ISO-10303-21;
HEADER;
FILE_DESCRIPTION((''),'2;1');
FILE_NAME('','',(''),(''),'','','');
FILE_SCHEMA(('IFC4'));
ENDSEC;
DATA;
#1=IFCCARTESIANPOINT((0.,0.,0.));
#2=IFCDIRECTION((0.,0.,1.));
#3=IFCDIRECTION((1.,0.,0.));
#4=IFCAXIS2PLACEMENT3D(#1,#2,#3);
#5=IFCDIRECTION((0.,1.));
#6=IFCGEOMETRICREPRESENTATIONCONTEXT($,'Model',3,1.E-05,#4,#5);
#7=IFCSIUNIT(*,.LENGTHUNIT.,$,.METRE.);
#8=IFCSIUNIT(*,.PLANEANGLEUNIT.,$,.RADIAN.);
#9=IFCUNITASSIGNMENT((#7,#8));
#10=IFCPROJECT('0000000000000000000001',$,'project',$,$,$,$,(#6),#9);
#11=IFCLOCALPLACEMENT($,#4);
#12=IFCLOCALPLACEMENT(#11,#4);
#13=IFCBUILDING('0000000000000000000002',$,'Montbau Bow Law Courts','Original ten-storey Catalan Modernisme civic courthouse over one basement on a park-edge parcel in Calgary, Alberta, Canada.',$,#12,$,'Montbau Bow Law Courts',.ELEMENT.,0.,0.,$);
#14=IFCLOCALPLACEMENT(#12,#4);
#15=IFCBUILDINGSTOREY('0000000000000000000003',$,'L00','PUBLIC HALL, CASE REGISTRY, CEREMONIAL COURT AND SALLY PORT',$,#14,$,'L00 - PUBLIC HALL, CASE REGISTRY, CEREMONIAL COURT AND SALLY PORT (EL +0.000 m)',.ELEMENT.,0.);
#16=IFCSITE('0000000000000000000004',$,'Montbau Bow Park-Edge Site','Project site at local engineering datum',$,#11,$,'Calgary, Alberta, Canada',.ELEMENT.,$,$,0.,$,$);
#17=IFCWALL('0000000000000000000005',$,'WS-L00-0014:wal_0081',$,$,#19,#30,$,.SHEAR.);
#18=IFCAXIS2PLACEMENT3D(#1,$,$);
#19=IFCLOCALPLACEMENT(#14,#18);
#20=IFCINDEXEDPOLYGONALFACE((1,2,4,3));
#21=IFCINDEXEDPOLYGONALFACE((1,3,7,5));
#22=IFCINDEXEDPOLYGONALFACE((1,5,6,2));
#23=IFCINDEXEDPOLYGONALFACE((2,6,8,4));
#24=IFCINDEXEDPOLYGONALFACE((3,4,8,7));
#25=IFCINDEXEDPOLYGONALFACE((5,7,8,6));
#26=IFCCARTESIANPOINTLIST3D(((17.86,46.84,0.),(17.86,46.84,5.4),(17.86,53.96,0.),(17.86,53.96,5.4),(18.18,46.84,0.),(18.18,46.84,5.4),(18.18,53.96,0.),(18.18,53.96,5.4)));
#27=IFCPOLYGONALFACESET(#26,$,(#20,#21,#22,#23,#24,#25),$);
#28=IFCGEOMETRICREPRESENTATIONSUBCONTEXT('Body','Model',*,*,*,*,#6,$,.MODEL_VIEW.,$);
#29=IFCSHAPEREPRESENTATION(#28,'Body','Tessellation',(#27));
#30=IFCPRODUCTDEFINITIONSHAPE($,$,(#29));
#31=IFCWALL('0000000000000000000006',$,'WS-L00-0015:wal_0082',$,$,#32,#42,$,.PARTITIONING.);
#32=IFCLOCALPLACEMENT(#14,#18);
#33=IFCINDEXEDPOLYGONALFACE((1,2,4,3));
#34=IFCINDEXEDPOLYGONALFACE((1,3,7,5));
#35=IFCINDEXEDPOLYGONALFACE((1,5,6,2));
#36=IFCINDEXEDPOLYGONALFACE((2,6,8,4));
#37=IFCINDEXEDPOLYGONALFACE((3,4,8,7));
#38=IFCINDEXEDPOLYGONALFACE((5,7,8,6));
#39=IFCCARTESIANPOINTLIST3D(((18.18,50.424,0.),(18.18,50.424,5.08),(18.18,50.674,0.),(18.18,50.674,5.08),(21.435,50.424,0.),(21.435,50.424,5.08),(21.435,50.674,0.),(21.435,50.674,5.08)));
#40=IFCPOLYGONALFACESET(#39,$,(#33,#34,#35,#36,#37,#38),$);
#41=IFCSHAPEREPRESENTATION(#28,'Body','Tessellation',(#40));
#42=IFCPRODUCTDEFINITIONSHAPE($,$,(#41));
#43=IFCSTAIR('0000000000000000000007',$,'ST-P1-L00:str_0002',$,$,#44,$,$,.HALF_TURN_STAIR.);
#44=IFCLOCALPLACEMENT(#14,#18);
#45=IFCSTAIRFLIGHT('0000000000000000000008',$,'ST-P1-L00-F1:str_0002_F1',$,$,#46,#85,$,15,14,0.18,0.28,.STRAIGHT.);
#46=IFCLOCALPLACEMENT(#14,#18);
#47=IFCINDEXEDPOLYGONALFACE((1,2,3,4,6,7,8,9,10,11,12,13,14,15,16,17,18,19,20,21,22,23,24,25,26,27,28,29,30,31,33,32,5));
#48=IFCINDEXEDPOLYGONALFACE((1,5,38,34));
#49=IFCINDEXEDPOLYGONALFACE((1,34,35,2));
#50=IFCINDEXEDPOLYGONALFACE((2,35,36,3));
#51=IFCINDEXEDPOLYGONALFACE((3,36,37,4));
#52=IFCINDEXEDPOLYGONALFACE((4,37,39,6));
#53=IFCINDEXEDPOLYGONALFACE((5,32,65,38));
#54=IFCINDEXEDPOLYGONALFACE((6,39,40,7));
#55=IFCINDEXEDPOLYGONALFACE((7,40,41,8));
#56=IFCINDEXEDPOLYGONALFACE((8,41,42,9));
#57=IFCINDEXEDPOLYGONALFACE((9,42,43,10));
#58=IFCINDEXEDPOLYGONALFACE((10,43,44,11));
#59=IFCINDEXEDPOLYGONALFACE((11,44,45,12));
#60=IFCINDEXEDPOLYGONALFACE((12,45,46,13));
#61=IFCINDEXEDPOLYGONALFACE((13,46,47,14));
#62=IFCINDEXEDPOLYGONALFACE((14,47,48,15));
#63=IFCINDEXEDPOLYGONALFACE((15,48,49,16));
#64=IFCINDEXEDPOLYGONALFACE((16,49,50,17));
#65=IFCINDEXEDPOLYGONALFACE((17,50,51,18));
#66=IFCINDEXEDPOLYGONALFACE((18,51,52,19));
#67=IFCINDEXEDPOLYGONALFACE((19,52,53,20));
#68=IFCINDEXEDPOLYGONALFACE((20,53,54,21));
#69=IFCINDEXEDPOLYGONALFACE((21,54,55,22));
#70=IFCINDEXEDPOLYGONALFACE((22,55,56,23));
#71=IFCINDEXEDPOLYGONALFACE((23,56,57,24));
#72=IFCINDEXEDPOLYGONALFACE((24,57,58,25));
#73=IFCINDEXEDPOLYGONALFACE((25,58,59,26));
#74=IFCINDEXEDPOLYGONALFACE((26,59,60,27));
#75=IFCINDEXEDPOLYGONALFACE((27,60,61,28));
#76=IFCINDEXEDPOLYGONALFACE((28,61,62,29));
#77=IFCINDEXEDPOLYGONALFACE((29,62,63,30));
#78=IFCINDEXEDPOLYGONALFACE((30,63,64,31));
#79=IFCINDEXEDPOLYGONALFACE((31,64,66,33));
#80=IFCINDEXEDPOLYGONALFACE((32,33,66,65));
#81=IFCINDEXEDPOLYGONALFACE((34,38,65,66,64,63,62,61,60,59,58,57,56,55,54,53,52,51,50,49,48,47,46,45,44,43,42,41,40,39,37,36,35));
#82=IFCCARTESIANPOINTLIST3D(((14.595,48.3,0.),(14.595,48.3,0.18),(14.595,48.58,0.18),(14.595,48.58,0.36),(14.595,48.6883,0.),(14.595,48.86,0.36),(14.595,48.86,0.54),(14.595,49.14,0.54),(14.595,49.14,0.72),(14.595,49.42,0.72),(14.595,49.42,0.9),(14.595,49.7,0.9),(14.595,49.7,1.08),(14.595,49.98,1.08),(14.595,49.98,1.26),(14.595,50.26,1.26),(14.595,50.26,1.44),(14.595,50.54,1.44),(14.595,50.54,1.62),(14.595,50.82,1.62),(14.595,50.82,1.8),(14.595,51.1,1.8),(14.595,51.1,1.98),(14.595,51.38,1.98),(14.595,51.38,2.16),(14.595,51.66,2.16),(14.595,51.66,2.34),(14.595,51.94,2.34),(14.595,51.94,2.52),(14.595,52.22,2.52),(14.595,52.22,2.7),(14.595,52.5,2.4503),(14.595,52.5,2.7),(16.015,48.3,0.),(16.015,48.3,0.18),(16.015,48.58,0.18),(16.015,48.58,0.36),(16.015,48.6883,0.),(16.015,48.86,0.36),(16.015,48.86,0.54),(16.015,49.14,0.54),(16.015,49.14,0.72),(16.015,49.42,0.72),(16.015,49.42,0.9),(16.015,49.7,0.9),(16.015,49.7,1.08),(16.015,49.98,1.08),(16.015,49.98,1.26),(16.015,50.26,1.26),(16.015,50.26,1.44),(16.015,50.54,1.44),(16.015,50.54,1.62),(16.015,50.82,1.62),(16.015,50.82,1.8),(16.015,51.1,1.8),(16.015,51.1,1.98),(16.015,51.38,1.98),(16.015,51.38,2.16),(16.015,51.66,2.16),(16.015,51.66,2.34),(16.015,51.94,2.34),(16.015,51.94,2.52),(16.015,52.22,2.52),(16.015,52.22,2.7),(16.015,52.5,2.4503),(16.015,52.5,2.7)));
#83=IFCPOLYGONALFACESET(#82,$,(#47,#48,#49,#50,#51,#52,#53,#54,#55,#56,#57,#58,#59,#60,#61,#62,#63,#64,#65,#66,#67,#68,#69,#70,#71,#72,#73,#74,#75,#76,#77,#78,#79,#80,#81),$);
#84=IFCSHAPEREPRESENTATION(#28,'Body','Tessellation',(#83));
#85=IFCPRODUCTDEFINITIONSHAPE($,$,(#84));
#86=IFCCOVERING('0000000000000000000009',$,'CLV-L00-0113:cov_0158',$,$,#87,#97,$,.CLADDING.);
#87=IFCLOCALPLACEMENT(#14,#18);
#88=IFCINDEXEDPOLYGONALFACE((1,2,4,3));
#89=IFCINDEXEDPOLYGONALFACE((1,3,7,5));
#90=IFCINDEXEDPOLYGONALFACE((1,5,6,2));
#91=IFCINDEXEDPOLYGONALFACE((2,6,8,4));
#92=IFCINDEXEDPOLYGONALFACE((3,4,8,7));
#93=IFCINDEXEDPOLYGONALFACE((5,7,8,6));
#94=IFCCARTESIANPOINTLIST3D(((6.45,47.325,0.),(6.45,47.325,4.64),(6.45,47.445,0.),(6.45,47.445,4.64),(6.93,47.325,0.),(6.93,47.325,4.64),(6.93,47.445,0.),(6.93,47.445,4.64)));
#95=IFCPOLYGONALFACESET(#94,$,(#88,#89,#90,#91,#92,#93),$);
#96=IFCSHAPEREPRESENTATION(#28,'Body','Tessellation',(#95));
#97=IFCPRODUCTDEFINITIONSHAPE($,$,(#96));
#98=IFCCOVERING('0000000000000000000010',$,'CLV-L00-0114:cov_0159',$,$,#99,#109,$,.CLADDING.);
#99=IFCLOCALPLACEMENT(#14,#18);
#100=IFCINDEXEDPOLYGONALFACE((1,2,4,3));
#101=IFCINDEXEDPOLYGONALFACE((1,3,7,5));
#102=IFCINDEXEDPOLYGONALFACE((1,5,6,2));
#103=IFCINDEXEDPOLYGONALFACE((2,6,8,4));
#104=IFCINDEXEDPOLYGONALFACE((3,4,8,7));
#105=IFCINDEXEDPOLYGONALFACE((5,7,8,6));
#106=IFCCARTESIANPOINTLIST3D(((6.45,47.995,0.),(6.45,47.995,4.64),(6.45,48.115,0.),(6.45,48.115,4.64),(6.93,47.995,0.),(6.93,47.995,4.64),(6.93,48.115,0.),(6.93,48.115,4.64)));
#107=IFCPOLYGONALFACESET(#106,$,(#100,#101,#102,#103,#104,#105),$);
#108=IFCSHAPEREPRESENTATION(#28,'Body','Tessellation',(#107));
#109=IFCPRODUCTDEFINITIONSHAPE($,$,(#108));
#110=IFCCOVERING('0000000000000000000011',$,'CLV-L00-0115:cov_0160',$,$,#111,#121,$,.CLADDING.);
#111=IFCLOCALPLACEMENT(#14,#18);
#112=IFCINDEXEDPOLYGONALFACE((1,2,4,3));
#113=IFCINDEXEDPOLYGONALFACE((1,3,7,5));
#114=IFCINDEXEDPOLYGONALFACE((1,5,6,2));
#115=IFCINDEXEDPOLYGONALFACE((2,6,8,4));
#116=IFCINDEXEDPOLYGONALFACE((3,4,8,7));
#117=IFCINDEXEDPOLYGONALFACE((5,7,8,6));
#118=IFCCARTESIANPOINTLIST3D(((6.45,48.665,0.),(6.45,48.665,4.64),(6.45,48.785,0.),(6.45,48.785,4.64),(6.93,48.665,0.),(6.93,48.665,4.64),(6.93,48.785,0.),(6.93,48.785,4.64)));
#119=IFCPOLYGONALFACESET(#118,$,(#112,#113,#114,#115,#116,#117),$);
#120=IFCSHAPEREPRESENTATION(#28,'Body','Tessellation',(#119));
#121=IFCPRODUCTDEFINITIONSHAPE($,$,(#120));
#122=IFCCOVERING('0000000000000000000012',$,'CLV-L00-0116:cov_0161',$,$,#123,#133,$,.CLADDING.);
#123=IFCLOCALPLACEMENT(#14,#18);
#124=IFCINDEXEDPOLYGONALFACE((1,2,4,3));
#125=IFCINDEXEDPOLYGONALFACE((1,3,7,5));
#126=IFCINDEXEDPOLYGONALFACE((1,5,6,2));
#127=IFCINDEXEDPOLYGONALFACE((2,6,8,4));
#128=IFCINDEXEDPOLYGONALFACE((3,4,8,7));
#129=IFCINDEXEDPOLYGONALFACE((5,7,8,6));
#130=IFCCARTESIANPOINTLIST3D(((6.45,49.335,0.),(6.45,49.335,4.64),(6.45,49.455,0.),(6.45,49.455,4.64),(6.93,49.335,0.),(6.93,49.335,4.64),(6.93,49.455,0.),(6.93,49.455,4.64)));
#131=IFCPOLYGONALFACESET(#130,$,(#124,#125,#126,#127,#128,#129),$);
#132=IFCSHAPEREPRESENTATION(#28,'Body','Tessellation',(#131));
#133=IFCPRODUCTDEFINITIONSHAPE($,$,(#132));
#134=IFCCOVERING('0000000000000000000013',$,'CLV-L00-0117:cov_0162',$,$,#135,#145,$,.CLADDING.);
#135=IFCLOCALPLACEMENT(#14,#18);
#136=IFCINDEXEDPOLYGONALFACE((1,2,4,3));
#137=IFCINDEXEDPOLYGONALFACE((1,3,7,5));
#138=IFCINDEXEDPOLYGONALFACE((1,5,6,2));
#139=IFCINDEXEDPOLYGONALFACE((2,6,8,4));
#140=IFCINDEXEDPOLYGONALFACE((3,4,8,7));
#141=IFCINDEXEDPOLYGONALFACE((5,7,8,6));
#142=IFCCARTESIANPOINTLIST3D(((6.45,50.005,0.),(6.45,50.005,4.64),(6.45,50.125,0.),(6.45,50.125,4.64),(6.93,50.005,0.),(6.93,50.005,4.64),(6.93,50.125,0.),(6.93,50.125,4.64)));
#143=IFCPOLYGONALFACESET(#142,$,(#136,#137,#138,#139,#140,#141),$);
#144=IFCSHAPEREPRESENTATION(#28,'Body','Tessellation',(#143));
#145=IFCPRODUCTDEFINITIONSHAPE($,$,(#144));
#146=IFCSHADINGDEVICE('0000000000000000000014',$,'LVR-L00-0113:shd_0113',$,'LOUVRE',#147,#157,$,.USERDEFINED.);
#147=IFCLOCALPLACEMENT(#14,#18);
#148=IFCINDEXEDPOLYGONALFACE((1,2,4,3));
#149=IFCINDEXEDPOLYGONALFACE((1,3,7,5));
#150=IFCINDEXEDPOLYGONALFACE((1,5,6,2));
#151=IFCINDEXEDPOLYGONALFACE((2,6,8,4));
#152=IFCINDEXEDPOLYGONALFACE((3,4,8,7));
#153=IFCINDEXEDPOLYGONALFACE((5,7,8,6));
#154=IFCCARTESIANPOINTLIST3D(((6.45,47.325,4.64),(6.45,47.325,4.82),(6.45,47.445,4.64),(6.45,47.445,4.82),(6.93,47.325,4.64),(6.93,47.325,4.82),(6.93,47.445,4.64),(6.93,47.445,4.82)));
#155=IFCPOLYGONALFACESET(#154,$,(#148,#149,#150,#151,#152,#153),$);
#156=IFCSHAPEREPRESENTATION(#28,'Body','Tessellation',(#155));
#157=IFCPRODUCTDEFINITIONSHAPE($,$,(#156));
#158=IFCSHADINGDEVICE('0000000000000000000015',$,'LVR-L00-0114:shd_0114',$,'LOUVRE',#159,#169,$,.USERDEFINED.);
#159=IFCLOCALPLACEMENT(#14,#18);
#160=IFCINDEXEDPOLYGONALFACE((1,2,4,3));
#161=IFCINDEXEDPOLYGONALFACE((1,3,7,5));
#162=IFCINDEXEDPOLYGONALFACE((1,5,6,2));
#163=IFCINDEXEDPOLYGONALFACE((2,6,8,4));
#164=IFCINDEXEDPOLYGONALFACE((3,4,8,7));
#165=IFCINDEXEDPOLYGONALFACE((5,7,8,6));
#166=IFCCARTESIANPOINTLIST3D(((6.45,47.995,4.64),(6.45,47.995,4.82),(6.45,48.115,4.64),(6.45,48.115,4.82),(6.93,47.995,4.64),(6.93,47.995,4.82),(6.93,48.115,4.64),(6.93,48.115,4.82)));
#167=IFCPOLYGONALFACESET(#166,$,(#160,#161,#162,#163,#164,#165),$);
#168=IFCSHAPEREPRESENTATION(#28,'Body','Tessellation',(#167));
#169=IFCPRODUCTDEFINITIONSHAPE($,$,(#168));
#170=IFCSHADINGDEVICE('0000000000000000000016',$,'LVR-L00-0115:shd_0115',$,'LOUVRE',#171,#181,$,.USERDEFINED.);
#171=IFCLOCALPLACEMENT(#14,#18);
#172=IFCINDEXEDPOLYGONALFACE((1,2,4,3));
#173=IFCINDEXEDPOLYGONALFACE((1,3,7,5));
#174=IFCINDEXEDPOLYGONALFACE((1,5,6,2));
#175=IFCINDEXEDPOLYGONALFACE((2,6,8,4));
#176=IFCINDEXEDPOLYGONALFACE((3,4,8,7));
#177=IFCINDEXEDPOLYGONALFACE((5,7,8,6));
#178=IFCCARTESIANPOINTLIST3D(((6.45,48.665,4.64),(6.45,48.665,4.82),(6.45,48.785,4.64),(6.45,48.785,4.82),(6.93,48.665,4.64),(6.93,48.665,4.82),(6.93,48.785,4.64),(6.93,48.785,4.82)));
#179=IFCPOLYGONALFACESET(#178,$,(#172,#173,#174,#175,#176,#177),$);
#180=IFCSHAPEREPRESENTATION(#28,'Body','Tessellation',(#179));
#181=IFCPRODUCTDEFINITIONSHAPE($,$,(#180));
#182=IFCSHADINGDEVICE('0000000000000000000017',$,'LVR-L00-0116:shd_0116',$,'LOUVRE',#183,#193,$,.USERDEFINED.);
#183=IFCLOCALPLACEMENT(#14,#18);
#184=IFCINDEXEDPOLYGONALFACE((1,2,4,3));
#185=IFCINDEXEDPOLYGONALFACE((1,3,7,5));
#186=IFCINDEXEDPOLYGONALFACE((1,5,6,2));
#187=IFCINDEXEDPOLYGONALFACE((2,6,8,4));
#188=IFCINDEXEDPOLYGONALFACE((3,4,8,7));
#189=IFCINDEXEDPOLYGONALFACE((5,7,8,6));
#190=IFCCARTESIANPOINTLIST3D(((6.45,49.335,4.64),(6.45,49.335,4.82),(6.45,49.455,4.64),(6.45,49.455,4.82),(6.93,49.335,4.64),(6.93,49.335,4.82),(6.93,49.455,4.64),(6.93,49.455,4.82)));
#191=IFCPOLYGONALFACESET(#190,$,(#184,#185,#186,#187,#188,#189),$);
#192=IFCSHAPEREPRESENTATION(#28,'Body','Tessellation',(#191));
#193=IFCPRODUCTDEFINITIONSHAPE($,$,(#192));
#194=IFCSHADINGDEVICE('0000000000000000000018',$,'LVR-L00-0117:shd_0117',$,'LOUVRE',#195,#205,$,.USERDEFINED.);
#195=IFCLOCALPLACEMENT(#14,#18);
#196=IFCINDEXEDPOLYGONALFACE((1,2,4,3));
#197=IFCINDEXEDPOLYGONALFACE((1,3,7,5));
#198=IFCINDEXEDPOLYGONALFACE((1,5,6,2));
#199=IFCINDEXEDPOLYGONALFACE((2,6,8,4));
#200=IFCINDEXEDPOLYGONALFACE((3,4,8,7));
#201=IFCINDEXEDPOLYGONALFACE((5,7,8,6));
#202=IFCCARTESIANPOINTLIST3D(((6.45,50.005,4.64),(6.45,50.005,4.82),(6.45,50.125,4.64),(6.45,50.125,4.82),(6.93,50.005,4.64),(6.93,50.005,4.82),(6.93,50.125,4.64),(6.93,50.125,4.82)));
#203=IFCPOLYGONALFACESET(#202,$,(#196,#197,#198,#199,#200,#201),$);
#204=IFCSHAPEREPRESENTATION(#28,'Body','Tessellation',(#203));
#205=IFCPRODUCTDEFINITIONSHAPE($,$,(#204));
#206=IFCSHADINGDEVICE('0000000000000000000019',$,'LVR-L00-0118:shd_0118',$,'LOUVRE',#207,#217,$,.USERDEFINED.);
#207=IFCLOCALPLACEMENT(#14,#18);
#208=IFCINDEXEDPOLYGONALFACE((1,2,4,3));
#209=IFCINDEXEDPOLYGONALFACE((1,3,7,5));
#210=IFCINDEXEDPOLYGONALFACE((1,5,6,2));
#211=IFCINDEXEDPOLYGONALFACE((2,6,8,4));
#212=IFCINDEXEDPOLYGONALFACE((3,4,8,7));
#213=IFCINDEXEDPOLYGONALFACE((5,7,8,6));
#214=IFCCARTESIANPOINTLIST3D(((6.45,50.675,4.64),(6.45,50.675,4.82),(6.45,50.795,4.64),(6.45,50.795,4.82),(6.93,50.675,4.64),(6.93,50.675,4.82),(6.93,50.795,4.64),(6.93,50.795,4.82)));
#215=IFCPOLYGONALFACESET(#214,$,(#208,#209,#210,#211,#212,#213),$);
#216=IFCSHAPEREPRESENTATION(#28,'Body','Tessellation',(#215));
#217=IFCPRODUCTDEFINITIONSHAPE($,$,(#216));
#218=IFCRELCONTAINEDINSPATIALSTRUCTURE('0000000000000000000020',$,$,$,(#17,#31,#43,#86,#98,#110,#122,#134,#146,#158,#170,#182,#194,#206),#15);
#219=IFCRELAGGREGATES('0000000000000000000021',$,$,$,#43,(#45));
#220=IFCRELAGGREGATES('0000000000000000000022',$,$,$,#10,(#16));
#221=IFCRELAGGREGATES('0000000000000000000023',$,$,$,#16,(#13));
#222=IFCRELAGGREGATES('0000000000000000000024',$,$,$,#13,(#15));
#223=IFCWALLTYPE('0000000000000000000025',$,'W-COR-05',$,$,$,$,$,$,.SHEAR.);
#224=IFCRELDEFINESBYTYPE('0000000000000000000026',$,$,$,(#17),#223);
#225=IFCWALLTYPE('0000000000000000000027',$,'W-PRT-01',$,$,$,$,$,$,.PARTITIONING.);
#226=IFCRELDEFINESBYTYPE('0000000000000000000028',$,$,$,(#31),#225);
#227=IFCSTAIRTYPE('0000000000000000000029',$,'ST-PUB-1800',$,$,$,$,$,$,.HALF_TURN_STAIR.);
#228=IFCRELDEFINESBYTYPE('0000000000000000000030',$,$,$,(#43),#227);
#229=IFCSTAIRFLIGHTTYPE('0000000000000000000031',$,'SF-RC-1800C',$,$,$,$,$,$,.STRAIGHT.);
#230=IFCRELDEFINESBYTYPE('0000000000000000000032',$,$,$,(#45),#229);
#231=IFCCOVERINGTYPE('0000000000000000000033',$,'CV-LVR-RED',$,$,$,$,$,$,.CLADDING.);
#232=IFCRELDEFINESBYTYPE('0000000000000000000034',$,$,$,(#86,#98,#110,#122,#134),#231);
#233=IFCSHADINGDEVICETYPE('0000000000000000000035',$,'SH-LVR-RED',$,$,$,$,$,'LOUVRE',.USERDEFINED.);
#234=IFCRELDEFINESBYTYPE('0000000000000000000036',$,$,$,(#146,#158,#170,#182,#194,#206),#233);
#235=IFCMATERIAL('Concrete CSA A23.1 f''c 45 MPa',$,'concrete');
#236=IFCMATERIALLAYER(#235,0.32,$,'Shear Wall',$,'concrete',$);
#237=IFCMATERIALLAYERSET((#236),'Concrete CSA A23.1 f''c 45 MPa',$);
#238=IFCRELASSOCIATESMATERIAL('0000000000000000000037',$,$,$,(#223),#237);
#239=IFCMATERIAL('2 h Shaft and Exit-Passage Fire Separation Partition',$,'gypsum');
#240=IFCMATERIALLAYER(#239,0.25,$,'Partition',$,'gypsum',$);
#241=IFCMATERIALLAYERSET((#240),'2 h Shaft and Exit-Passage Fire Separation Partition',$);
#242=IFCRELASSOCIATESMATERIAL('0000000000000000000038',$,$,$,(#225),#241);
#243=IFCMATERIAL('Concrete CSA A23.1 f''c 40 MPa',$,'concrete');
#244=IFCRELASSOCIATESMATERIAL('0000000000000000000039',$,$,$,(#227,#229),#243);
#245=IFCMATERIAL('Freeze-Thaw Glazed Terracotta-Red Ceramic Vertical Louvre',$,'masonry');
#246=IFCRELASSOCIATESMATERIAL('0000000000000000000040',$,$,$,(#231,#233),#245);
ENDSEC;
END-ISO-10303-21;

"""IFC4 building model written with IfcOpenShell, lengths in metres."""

from ifc_helpers import new_model, si_unit, direction, frame, frame_2d, origin_with_axes, origin_2d_with_axis, place, context, subcontext, project, spatial, polyline, rectangle, outline, extrude, material, layer, layer_set, type_object, element, aggregate, save


model = new_model("IFC4")

# Units and contexts
model_context = context("Model", 3, precision=1e-05, world=origin_with_axes(), true_north=direction((0.0, 1.0)))
body_context = subcontext(model_context, "Body", "Model", "MODEL_VIEW")
ifc_project = project(units=[si_unit("LENGTHUNIT", "METRE"), si_unit("PLANEANGLEUNIT", "RADIAN")], contexts=[model_context])

# Site, building, storey
site_placement = place(None, origin_with_axes())
site = spatial("IfcSite", under=ifc_project, at=site_placement, Name="Montbau Bow Park-Edge Site", Description="Project site at local engineering datum", LongName="Calgary, Alberta, Canada", CompositionType="ELEMENT", RefElevation=0.0)
building_placement = place(site_placement, origin_with_axes())
building = spatial("IfcBuilding", under=site, at=building_placement, Name="Montbau Bow Law Courts", Description="Original ten-storey Catalan Modernisme civic courthouse over one basement on a park-edge parcel in Calgary, Alberta, Canada.", LongName="Montbau Bow Law Courts", CompositionType="ELEMENT", ElevationOfRefHeight=0.0, ElevationOfTerrain=0.0)
storey_placement = place(building_placement, origin_with_axes())
storey = spatial("IfcBuildingStorey", under=building, at=storey_placement, Name="L00", Description="PUBLIC HALL, CASE REGISTRY, CEREMONIAL COURT AND SALLY PORT", LongName="L00 - PUBLIC HALL, CASE REGISTRY, CEREMONIAL COURT AND SALLY PORT (EL +0.000 m)", CompositionType="ELEMENT", Elevation=0.0)

# Walls
ifc_material_1 = material(Name="Concrete CSA A23.1 f'c 45 MPa", Category="concrete")
ifc_layer_1 = layer(ifc_material_1, 0.32, Name="Shear Wall", Category="concrete")
ifc_layer_set_1 = layer_set([ifc_layer_1], Name="Concrete CSA A23.1 f'c 45 MPa")
wall_type_1 = type_object("IfcWallType", Name="W-COR-05", PredefinedType="SHEAR", material=ifc_layer_set_1)
wall_1_placement = place(None, frame((18.02, 46.84, 0.0), z_axis=(0.0, 0.0, 1.0), x_axis=(0.0, 1.0, 0.0)))
element("IfcWall", 1, at=wall_1_placement, inside=storey, type_object=wall_type_1, Name="WS-L00-0014:wal_0081", PredefinedType="SHEAR", context=body_context, shape_type="SweptSolid", body=[
    extrude(rectangle(XDim=7.12, YDim=0.32, at=frame_2d((3.56, 0.0), x_axis=(1.0, 0.0))), origin_with_axes(), (0.0, 0.0, 1.0), 5.4),
])
ifc_material_2 = material(Name="2 h Shaft and Exit-Passage Fire Separation Partition", Category="gypsum")
ifc_layer_2 = layer(ifc_material_2, 0.25, Name="Partition", Category="gypsum")
ifc_layer_set_2 = layer_set([ifc_layer_2], Name="2 h Shaft and Exit-Passage Fire Separation Partition")
wall_type_2 = type_object("IfcWallType", Name="W-PRT-01", PredefinedType="PARTITIONING", material=ifc_layer_set_2)
wall_2_placement = place(None, frame((18.18, 50.549, 0.0), z_axis=(0.0, 0.0, 1.0), x_axis=(1.0, 0.0, 0.0)))
element("IfcWall", 2, at=wall_2_placement, inside=storey, type_object=wall_type_2, Name="WS-L00-0015:wal_0082", PredefinedType="PARTITIONING", context=body_context, shape_type="SweptSolid", body=[
    extrude(rectangle(XDim=3.255, YDim=0.25, at=frame_2d((1.6275, 0.0), x_axis=(1.0, 0.0))), origin_with_axes(), (0.0, 0.0, 1.0), 5.08),
])

# Stair, stair flight
ifc_material_3 = material(Name="Concrete CSA A23.1 f'c 40 MPa", Category="concrete")
stair_type = type_object("IfcStairType", Name="ST-PUB-1800", PredefinedType="HALF_TURN_STAIR", material=ifc_material_3)
stair_placement = place(None, frame((15.305, 48.3, 0.0), z_axis=(0.0, 0.0, 1.0), x_axis=(1.0, 0.0, 0.0)))
stair = element("IfcStair", 3, at=stair_placement, inside=storey, type_object=stair_type, Name="ST-P1-L00:str_0002", PredefinedType="HALF_TURN_STAIR")
stair_flight_type = type_object("IfcStairFlightType", Name="SF-RC-1800C", PredefinedType="STRAIGHT", material=ifc_material_3)
stair_flight_placement = place(None, frame((15.305, 48.3, 0.0), z_axis=(0.0, 0.0, 1.0), x_axis=(0.0, 1.0, 0.0)))
stair_flight = element("IfcStairFlight", 4, at=stair_flight_placement, type_object=stair_flight_type, Name="ST-P1-L00-F1:str_0002_F1", NumberOfRisers=15, NumberOfTreads=14, PredefinedType="STRAIGHT", RiserHeight=0.18, TreadLength=0.28, context=body_context, shape_type="SweptSolid", body=[
    extrude(outline(polyline([(0.0, 0.0), (0.0, 0.18), (0.28, 0.18), (0.28, 0.36), (0.56, 0.36), (0.56, 0.54), (0.84, 0.54), (0.84, 0.72), (1.12, 0.72), (1.12, 0.9), (1.4, 0.9), (1.4, 1.08), (1.68, 1.08), (1.68, 1.26), (1.96, 1.26), (1.96, 1.44), (2.24, 1.44), (2.24, 1.62), (2.52, 1.62), (2.52, 1.8), (2.8, 1.8), (2.8, 1.98), (3.08, 1.98), (3.08, 2.16), (3.36, 2.16), (3.36, 2.34), (3.64, 2.34), (3.64, 2.52), (3.92, 2.52), (3.92, 2.7), (4.2, 2.7), (4.2, 2.4503), (0.3883, 0.0), (0.0, 0.0)])), frame((0.0, 0.71, 0.0), z_axis=(0.0, -1.0, 0.0), x_axis=(1.0, 0.0, 0.0)), (0.0, 0.0, 1.0), 1.42),
])
aggregate(stair, [stair_flight])

# Coverings
ifc_material_4 = material(Name="Freeze-Thaw Glazed Terracotta-Red Ceramic Vertical Louvre", Category="masonry")
covering_type = type_object("IfcCoveringType", Name="CV-LVR-RED", PredefinedType="CLADDING", material=ifc_material_4)
for number, where, z_axis, x_axis, name in (
    (5, (6.93, 47.385, 0.0), (0.0, 1.0, 0.0), (-1.0, 0.0, 0.0), "CLV-L00-0113:cov_0158"),
    (6, (6.93, 48.055, 0.0), (0.0, 1.0, 0.0), (-1.0, 0.0, 0.0), "CLV-L00-0114:cov_0159"),
    (7, (6.93, 48.725, 0.0), (0.0, 1.0, 0.0), (-1.0, 0.0, 0.0), "CLV-L00-0115:cov_0160"),
    (8, (6.93, 49.395, 0.0), (0.0, 1.0, 0.0), (-1.0, 0.0, 0.0), "CLV-L00-0116:cov_0161"),
    (9, (6.93, 50.065, 0.0), (0.0, 1.0, 0.0), (-1.0, 0.0, 0.0), "CLV-L00-0117:cov_0162"),
):
    element("IfcCovering", number, at=place(None, frame(where, z_axis=z_axis, x_axis=x_axis)), inside=storey, type_object=covering_type, Name=name, PredefinedType="CLADDING", context=body_context, shape_type="SweptSolid", body=[
        extrude(rectangle(XDim=0.48, YDim=4.64, at=frame_2d((0.24, 2.32), x_axis=(1.0, 0.0))), frame((0.0, 0.0, -0.06), z_axis=(0.0, 0.0, 1.0), x_axis=(1.0, 0.0, 0.0)), (0.0, 0.0, 1.0), 0.12),
    ])

# Shading devices
shading_device_type = type_object("IfcShadingDeviceType", Name="SH-LVR-RED", ElementType="LOUVRE", PredefinedType="USERDEFINED", material=ifc_material_4)
for number, where, z_axis, x_axis, name in (
    (10, (6.69, 47.385, 4.64), (0.0, 0.0, 1.0), (-1.0, 0.0, 0.0), "LVR-L00-0113:shd_0113"),
    (11, (6.69, 48.055, 4.64), (0.0, 0.0, 1.0), (-1.0, 0.0, 0.0), "LVR-L00-0114:shd_0114"),
    (12, (6.69, 48.725, 4.64), (0.0, 0.0, 1.0), (-1.0, 0.0, 0.0), "LVR-L00-0115:shd_0115"),
    (13, (6.69, 49.395, 4.64), (0.0, 0.0, 1.0), (-1.0, 0.0, 0.0), "LVR-L00-0116:shd_0116"),
    (14, (6.69, 50.065, 4.64), (0.0, 0.0, 1.0), (-1.0, 0.0, 0.0), "LVR-L00-0117:shd_0117"),
    (15, (6.69, 50.735, 4.64), (0.0, 0.0, 1.0), (-1.0, 0.0, 0.0), "LVR-L00-0118:shd_0118"),
):
    element("IfcShadingDevice", number, at=place(None, frame(where, z_axis=z_axis, x_axis=x_axis)), inside=storey, type_object=shading_device_type, Name=name, ObjectType="LOUVRE", PredefinedType="USERDEFINED", context=body_context, shape_type="SweptSolid", body=[
        extrude(rectangle(XDim=0.48, YDim=0.12, at=origin_2d_with_axis()), origin_with_axes(), (0.0, 0.0, 1.0), 0.18),
    ])

save(model, "model.ifc")
